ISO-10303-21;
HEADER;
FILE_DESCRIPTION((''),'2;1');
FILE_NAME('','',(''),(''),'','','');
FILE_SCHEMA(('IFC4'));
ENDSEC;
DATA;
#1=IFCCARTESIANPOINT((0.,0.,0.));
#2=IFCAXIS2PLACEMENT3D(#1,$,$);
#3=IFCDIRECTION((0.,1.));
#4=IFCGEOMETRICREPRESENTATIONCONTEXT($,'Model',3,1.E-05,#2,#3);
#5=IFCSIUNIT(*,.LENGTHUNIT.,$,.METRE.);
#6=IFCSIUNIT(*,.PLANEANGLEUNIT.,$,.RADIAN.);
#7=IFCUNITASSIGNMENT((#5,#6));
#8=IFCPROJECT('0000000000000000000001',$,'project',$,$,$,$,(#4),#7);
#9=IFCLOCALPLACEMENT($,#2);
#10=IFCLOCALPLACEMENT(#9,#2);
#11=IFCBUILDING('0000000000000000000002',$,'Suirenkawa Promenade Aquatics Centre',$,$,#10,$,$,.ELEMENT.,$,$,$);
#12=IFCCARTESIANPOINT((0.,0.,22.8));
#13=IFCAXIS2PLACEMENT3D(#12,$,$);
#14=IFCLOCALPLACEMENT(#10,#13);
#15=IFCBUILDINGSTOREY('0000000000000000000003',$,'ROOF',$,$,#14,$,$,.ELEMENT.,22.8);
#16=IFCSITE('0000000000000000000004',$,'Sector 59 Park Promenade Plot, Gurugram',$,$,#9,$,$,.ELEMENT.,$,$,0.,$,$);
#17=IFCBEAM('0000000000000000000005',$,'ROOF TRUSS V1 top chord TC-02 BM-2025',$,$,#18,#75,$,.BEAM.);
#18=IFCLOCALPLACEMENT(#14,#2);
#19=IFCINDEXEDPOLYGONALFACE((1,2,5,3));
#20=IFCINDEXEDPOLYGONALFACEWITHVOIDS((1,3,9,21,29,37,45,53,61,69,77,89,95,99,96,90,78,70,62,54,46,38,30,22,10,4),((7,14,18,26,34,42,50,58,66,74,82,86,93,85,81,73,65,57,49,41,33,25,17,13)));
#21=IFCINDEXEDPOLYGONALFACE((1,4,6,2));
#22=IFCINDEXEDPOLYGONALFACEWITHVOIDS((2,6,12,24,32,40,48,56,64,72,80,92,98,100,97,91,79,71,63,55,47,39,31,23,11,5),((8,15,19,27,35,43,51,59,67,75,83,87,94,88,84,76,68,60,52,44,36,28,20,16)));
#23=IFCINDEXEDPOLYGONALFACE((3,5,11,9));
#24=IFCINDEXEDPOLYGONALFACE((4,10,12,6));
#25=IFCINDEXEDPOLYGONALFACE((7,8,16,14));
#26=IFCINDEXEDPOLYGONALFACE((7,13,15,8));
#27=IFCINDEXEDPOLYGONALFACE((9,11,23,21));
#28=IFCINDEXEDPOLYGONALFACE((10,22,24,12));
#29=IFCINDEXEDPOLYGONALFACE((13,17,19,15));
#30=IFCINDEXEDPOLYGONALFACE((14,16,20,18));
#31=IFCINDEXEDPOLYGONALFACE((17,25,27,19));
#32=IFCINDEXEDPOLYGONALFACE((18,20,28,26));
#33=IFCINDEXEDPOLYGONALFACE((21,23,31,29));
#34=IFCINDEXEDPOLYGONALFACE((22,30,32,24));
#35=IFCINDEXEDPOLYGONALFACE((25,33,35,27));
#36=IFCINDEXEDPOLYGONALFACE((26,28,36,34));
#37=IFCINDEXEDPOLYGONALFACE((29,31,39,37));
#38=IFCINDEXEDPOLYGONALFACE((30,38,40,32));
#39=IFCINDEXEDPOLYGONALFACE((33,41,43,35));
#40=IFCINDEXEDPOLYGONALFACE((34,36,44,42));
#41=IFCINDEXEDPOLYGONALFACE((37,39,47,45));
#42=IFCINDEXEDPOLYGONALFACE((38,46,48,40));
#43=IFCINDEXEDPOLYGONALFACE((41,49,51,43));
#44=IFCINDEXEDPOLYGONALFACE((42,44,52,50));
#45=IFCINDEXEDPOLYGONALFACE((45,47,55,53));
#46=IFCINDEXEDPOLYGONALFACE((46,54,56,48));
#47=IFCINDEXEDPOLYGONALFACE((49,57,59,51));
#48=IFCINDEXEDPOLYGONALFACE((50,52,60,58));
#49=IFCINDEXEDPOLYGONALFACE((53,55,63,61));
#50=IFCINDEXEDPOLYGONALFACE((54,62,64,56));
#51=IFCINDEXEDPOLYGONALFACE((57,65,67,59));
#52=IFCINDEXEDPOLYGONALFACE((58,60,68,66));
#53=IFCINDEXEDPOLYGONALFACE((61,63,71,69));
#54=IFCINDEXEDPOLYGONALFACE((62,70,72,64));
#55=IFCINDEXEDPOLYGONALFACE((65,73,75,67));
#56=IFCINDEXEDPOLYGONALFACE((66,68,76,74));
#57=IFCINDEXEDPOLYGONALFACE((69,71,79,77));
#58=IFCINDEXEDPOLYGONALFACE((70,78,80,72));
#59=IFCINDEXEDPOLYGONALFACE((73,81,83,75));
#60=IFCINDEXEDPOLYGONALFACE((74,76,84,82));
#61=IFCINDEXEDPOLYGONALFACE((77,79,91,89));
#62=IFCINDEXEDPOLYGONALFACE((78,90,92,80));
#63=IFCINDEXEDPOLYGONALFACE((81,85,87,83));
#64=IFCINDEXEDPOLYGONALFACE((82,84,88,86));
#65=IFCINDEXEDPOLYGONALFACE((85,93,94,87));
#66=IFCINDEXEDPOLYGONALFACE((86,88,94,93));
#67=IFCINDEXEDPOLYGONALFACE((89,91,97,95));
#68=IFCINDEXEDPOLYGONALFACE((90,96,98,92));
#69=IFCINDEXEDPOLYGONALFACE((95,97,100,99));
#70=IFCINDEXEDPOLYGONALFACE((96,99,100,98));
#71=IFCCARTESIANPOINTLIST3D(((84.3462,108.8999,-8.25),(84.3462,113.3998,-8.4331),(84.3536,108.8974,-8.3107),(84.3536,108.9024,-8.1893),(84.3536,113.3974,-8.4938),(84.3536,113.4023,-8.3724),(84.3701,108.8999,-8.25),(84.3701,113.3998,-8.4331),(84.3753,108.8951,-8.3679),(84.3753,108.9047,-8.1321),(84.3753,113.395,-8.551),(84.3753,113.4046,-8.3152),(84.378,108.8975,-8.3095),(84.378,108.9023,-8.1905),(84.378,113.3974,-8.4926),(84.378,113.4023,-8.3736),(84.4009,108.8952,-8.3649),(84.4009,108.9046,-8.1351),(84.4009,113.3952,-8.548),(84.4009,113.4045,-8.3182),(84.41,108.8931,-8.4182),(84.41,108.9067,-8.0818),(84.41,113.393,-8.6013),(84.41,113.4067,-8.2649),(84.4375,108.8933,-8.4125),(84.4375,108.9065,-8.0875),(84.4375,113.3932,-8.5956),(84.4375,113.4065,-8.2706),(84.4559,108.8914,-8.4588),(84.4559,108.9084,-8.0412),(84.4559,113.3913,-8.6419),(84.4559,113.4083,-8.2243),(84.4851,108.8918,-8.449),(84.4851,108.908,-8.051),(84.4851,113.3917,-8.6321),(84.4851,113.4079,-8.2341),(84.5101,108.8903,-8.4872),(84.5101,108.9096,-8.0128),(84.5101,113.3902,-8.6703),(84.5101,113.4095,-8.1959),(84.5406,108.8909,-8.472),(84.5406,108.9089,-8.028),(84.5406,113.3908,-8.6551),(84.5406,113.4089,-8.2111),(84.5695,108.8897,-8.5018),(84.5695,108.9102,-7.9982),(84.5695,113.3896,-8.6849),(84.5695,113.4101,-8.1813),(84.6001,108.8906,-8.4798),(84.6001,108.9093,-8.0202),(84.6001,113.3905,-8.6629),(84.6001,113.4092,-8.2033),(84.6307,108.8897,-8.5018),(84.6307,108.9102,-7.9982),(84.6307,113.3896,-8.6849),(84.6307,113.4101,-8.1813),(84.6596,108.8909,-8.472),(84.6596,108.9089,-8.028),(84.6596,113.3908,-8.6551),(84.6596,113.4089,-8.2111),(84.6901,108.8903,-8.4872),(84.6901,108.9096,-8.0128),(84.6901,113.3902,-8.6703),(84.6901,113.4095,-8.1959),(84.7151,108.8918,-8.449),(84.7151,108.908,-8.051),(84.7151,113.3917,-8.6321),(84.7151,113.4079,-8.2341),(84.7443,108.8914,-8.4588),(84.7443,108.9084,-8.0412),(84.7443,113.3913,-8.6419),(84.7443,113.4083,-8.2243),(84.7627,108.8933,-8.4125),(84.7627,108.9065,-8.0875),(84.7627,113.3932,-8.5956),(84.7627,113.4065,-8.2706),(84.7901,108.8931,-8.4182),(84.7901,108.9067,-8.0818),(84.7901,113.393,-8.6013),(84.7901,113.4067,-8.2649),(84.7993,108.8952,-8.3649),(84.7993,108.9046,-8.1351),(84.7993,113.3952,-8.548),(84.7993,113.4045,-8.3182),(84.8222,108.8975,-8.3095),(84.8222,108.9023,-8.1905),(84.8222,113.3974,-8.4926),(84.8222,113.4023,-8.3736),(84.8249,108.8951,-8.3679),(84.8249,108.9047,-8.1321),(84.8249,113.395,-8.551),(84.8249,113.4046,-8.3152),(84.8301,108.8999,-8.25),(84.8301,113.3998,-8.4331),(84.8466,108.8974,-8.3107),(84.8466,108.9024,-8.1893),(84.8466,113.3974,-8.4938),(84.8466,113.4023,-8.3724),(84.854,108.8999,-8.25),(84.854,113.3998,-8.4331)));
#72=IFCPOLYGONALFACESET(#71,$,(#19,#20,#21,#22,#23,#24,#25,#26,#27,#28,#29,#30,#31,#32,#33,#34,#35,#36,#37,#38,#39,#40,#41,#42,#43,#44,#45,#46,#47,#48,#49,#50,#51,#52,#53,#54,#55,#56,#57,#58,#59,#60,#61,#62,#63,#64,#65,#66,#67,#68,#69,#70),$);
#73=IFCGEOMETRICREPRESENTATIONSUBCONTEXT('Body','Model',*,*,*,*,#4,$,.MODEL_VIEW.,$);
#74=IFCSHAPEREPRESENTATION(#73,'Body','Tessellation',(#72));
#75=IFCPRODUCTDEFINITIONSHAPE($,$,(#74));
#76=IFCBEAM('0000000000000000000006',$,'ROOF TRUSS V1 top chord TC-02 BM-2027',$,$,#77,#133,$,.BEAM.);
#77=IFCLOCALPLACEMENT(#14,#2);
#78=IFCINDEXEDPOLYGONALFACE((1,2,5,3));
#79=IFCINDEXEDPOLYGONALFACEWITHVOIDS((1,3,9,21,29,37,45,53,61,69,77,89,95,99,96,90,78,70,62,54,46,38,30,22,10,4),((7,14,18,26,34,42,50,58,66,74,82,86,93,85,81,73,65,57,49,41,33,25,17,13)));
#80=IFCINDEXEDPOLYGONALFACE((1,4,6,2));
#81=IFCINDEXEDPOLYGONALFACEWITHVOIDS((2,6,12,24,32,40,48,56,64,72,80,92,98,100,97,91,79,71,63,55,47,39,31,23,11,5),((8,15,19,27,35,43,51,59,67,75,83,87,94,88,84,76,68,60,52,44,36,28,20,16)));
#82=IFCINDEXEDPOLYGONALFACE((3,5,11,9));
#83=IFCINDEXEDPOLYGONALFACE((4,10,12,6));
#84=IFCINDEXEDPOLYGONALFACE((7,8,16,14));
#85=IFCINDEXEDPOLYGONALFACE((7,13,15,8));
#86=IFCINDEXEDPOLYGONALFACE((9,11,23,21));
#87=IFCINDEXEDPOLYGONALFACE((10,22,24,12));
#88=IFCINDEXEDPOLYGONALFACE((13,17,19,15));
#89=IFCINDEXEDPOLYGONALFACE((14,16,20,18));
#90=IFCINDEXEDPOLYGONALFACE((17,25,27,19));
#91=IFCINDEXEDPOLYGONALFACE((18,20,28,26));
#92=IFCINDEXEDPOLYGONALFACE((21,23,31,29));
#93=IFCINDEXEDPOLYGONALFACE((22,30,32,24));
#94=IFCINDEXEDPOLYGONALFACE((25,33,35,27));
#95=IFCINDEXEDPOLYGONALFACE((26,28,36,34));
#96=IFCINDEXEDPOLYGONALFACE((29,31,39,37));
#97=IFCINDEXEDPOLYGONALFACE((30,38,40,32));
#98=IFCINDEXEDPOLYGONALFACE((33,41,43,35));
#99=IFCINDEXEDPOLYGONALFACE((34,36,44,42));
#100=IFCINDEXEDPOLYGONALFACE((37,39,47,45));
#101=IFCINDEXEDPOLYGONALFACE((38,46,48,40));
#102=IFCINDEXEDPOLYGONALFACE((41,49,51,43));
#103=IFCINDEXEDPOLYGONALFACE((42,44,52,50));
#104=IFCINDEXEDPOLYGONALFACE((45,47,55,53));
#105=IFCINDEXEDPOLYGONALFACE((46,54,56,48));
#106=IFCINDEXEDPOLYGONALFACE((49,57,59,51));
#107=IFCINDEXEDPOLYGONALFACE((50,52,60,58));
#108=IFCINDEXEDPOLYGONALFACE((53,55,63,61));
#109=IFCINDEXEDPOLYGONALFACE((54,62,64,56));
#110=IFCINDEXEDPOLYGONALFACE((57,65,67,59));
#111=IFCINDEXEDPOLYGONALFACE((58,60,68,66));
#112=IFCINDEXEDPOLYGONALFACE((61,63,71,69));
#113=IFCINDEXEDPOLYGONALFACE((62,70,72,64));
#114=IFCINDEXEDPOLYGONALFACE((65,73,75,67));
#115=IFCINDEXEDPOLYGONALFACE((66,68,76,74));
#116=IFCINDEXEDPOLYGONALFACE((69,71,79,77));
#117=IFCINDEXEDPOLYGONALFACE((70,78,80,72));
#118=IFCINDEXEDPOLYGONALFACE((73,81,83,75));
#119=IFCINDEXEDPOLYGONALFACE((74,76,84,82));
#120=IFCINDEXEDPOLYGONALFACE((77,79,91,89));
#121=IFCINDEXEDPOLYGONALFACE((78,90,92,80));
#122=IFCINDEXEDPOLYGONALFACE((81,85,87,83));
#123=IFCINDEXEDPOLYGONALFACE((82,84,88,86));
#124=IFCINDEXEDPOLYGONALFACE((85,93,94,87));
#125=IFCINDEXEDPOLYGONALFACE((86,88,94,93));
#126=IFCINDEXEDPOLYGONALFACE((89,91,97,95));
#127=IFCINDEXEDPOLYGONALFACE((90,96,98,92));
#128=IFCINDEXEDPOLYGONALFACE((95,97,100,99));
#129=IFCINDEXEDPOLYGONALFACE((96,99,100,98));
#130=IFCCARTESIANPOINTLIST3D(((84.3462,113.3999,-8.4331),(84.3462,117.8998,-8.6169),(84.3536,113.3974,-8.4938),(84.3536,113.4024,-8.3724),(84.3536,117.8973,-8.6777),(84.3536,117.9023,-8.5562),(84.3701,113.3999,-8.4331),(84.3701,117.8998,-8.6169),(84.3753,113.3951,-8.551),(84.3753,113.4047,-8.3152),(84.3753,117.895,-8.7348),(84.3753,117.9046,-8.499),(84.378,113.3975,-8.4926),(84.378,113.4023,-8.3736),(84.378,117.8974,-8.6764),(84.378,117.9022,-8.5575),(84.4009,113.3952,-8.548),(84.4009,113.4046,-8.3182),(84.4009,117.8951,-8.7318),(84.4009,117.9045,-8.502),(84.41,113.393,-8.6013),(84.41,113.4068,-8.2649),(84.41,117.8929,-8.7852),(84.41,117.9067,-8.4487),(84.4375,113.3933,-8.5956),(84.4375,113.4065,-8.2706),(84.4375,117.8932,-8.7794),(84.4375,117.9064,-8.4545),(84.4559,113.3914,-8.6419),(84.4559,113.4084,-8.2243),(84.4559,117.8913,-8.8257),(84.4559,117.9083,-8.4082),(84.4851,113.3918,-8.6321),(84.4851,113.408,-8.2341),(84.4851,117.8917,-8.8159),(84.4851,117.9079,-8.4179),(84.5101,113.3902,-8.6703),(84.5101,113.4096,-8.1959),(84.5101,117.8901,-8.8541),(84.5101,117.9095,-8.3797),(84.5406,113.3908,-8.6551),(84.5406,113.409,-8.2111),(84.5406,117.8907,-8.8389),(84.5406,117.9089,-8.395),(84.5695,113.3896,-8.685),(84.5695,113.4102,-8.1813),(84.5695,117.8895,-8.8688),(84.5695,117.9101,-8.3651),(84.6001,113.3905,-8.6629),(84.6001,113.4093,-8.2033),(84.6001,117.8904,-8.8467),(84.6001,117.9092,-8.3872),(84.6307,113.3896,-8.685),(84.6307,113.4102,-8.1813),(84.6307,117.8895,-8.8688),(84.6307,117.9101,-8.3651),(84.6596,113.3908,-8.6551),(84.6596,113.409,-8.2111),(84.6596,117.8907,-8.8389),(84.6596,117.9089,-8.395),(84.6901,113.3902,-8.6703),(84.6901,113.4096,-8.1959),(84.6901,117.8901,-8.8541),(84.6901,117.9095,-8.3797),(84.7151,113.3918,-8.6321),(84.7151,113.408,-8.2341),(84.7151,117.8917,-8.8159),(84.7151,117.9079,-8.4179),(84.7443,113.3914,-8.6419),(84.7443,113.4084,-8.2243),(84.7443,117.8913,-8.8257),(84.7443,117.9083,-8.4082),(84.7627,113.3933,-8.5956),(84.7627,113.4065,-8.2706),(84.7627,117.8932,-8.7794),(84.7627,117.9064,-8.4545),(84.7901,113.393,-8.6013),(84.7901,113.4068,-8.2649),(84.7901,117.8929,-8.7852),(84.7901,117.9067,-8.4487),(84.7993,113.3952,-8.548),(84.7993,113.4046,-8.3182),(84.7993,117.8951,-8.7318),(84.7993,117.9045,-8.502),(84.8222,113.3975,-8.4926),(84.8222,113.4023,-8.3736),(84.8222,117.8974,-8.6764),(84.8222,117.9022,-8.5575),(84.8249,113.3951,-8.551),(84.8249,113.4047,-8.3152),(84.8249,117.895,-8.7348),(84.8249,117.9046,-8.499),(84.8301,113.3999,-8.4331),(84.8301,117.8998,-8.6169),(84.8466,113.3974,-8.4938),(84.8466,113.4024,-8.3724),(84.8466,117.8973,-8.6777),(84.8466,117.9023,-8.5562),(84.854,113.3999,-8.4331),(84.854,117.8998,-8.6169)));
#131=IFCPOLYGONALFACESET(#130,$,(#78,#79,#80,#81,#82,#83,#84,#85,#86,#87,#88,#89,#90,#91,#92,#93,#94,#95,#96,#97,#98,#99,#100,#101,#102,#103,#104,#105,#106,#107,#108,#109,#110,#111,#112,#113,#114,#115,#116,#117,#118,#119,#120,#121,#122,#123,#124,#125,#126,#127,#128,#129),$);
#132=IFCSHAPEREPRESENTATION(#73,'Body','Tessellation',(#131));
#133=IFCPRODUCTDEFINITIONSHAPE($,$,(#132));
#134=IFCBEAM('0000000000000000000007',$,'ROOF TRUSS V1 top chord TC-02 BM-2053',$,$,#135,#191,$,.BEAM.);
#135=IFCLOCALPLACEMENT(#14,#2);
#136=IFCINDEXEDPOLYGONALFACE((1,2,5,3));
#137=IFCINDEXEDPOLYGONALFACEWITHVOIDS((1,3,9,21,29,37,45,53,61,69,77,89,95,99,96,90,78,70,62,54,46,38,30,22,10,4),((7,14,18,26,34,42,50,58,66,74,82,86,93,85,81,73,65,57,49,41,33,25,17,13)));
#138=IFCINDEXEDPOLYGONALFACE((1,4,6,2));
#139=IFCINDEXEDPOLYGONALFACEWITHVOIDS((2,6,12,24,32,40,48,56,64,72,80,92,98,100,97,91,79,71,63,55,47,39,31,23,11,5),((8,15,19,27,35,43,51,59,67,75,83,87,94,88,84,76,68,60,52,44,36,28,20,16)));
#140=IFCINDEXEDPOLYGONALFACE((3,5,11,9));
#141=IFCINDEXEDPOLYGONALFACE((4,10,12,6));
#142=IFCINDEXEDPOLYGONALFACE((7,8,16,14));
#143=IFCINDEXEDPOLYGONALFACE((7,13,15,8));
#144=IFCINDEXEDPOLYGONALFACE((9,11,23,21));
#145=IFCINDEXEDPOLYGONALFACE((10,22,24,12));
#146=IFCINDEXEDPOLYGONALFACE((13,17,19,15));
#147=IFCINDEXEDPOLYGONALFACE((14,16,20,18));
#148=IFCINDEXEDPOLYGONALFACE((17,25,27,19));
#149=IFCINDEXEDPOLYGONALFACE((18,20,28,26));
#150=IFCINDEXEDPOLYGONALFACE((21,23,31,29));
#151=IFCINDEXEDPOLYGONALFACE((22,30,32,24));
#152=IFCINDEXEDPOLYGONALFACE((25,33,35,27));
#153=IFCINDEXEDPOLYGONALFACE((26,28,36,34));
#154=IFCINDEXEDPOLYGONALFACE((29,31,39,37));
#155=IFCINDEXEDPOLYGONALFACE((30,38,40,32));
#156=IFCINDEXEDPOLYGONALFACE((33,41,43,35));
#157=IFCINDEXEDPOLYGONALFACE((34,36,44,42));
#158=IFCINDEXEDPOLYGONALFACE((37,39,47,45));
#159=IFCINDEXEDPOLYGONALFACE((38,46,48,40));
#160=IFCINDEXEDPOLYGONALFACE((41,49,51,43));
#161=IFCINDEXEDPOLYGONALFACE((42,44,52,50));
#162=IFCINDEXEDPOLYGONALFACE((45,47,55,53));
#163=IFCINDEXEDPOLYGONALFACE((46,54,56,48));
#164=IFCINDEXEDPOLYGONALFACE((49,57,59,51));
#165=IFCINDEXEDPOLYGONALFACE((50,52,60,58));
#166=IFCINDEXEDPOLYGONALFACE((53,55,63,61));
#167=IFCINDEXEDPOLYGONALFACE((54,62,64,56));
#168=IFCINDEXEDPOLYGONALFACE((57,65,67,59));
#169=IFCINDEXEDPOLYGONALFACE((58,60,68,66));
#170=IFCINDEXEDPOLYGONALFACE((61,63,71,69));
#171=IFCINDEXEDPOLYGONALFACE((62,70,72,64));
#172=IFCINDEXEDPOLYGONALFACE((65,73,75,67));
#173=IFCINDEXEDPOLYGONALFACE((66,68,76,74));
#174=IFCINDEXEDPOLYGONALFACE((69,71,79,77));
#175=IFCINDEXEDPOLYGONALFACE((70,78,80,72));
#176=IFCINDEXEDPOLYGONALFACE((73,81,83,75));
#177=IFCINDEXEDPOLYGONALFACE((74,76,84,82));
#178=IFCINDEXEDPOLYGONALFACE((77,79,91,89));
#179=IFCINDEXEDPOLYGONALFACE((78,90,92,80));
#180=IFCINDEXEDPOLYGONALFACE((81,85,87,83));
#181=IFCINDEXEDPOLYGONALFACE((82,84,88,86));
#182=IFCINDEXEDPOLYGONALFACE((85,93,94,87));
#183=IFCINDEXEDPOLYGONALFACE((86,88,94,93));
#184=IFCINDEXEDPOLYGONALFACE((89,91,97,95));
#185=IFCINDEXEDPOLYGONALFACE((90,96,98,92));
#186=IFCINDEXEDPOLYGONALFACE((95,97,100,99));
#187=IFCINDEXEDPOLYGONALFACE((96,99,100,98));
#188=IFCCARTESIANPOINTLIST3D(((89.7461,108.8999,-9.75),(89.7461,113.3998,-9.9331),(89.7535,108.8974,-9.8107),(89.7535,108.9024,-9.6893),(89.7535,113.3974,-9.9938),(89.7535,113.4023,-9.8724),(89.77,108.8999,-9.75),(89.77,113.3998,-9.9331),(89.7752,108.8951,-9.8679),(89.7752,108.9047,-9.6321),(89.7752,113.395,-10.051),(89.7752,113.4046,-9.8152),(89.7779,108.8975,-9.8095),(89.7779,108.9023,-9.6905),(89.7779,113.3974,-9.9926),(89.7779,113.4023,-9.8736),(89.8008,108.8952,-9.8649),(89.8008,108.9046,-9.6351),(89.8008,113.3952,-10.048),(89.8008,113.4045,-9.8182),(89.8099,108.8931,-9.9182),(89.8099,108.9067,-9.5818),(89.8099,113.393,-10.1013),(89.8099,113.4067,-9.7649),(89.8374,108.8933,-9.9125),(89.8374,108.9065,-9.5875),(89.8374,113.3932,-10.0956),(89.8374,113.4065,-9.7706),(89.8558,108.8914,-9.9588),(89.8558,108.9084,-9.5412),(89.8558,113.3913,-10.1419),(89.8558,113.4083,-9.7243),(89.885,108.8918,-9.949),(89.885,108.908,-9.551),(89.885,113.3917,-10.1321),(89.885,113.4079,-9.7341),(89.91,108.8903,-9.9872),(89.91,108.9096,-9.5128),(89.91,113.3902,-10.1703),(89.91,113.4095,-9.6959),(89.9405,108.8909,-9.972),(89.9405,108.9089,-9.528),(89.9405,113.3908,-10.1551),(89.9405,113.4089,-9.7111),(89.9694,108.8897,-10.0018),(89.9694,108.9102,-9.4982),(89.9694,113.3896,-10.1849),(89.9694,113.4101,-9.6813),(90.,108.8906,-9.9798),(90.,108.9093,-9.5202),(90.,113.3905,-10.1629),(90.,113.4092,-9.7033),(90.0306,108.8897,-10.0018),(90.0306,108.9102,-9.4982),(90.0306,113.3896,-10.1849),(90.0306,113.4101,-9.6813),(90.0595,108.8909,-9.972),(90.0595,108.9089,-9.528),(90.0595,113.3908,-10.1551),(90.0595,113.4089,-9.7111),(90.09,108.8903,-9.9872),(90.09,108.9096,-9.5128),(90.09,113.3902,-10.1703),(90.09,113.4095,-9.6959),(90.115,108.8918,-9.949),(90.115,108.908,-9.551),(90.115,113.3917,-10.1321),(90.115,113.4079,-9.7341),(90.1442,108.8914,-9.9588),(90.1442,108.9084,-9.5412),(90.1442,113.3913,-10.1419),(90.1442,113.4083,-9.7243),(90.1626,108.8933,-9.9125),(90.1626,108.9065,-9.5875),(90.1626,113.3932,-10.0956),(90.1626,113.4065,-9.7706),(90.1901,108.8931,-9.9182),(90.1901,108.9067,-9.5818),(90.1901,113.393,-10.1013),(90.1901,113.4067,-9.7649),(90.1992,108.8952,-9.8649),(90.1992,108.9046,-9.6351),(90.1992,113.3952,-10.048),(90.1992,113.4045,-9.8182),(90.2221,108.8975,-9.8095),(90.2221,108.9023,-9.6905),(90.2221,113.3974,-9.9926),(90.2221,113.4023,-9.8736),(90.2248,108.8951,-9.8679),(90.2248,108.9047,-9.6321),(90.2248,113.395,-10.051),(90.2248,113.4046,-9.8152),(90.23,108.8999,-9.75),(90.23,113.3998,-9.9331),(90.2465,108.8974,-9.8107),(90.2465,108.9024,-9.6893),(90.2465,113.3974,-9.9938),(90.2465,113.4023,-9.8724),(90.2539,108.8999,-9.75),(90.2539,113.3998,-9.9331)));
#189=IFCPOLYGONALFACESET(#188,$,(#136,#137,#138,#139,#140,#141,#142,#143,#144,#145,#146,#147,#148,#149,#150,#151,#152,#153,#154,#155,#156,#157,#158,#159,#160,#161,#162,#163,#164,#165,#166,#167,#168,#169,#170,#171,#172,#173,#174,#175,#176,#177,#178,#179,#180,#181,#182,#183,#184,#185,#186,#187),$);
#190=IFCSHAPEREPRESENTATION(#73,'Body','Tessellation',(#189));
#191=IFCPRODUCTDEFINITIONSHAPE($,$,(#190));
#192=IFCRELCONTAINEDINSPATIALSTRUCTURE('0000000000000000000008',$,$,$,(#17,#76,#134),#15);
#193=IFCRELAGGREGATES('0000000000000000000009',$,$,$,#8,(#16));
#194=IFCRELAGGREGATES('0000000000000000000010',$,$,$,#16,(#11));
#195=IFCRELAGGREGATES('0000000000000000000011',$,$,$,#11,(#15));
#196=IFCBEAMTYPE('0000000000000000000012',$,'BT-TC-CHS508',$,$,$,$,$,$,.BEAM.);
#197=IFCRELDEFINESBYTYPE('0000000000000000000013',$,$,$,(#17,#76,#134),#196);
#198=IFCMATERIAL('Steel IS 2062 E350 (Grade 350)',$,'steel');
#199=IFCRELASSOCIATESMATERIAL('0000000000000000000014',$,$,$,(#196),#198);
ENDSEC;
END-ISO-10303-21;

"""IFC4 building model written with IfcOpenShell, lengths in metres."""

from ifc_helpers import new_model, si_unit, direction, frame, origin, origin_2d, place, context, subcontext, project, spatial, hollow_circle, extrude, material, material_profile, profile_set, type_object, element, save


model = new_model("IFC4")

# Units and contexts
model_context = context("Model", 3, precision=1e-05, world=origin(), true_north=direction((0.0, 1.0)))
body_context = subcontext(model_context, "Body", "Model", "MODEL_VIEW")
ifc_project = project(units=[si_unit("LENGTHUNIT", "METRE"), si_unit("PLANEANGLEUNIT", "RADIAN")], contexts=[model_context])

# Site, building, storey
site_placement = place(None, origin())
site = spatial("IfcSite", under=ifc_project, at=site_placement, Name="Sector 59 Park Promenade Plot, Gurugram", CompositionType="ELEMENT", RefElevation=0.0)
building_placement = place(site_placement, origin())
building = spatial("IfcBuilding", under=site, at=building_placement, Name="Suirenkawa Promenade Aquatics Centre", CompositionType="ELEMENT")
storey_placement = place(building_placement, frame((0.0, 0.0, 22.8)))
storey = spatial("IfcBuildingStorey", under=building, at=storey_placement, Name="ROOF", CompositionType="ELEMENT", Elevation=22.8)

# Beams
ifc_material = material(Name="Steel IS 2062 E350 (Grade 350)", Category="steel")
ifc_material_profile_1 = material_profile(ifc_material, hollow_circle(Radius=0.2539, WallThickness=0.0239, at=origin_2d()), Name="CHS 508x24", Category="steel")
ifc_profile_set_1 = profile_set([ifc_material_profile_1], Name="Steel IS 2062 E350 (Grade 350)")
beam_type_1 = type_object("IfcBeamType", Name="BT-TC-CHS508", PredefinedType="BEAM", material=ifc_profile_set_1)
for number, where, z_axis, x_axis, name in (
    (1, (84.6001, 108.8999, -8.25), (0.0, 0.999173, -0.040656), (-1.0, 0.0, 0.0), "ROOF TRUSS V1 top chord TC-02 BM-2025"),
    (2, (84.6001, 113.3999, -8.4331), (0.0, 0.999167, -0.040819), (-1.0, 0.0, 0.0), "ROOF TRUSS V1 top chord TC-02 BM-2027"),
    (3, (90.0, 108.8999, -9.75), (0.0, 0.999173, -0.040656), (-1.0, 0.0, 0.0), "ROOF TRUSS V1 top chord TC-02 BM-2053"),
):
    element("IfcBeam", number, at=place(storey_placement, frame(where, z_axis=z_axis, x_axis=x_axis)), inside=storey, type_object=beam_type_1, Name=name, PredefinedType="BEAM", context=body_context, shape_type="SweptSolid", body=[
        extrude(hollow_circle(Radius=0.2539, WallThickness=0.0239, at=origin_2d()), origin(), (0.0, 0.0, 1.0), 4.5037),
    ])

save(model, "model.ifc")
